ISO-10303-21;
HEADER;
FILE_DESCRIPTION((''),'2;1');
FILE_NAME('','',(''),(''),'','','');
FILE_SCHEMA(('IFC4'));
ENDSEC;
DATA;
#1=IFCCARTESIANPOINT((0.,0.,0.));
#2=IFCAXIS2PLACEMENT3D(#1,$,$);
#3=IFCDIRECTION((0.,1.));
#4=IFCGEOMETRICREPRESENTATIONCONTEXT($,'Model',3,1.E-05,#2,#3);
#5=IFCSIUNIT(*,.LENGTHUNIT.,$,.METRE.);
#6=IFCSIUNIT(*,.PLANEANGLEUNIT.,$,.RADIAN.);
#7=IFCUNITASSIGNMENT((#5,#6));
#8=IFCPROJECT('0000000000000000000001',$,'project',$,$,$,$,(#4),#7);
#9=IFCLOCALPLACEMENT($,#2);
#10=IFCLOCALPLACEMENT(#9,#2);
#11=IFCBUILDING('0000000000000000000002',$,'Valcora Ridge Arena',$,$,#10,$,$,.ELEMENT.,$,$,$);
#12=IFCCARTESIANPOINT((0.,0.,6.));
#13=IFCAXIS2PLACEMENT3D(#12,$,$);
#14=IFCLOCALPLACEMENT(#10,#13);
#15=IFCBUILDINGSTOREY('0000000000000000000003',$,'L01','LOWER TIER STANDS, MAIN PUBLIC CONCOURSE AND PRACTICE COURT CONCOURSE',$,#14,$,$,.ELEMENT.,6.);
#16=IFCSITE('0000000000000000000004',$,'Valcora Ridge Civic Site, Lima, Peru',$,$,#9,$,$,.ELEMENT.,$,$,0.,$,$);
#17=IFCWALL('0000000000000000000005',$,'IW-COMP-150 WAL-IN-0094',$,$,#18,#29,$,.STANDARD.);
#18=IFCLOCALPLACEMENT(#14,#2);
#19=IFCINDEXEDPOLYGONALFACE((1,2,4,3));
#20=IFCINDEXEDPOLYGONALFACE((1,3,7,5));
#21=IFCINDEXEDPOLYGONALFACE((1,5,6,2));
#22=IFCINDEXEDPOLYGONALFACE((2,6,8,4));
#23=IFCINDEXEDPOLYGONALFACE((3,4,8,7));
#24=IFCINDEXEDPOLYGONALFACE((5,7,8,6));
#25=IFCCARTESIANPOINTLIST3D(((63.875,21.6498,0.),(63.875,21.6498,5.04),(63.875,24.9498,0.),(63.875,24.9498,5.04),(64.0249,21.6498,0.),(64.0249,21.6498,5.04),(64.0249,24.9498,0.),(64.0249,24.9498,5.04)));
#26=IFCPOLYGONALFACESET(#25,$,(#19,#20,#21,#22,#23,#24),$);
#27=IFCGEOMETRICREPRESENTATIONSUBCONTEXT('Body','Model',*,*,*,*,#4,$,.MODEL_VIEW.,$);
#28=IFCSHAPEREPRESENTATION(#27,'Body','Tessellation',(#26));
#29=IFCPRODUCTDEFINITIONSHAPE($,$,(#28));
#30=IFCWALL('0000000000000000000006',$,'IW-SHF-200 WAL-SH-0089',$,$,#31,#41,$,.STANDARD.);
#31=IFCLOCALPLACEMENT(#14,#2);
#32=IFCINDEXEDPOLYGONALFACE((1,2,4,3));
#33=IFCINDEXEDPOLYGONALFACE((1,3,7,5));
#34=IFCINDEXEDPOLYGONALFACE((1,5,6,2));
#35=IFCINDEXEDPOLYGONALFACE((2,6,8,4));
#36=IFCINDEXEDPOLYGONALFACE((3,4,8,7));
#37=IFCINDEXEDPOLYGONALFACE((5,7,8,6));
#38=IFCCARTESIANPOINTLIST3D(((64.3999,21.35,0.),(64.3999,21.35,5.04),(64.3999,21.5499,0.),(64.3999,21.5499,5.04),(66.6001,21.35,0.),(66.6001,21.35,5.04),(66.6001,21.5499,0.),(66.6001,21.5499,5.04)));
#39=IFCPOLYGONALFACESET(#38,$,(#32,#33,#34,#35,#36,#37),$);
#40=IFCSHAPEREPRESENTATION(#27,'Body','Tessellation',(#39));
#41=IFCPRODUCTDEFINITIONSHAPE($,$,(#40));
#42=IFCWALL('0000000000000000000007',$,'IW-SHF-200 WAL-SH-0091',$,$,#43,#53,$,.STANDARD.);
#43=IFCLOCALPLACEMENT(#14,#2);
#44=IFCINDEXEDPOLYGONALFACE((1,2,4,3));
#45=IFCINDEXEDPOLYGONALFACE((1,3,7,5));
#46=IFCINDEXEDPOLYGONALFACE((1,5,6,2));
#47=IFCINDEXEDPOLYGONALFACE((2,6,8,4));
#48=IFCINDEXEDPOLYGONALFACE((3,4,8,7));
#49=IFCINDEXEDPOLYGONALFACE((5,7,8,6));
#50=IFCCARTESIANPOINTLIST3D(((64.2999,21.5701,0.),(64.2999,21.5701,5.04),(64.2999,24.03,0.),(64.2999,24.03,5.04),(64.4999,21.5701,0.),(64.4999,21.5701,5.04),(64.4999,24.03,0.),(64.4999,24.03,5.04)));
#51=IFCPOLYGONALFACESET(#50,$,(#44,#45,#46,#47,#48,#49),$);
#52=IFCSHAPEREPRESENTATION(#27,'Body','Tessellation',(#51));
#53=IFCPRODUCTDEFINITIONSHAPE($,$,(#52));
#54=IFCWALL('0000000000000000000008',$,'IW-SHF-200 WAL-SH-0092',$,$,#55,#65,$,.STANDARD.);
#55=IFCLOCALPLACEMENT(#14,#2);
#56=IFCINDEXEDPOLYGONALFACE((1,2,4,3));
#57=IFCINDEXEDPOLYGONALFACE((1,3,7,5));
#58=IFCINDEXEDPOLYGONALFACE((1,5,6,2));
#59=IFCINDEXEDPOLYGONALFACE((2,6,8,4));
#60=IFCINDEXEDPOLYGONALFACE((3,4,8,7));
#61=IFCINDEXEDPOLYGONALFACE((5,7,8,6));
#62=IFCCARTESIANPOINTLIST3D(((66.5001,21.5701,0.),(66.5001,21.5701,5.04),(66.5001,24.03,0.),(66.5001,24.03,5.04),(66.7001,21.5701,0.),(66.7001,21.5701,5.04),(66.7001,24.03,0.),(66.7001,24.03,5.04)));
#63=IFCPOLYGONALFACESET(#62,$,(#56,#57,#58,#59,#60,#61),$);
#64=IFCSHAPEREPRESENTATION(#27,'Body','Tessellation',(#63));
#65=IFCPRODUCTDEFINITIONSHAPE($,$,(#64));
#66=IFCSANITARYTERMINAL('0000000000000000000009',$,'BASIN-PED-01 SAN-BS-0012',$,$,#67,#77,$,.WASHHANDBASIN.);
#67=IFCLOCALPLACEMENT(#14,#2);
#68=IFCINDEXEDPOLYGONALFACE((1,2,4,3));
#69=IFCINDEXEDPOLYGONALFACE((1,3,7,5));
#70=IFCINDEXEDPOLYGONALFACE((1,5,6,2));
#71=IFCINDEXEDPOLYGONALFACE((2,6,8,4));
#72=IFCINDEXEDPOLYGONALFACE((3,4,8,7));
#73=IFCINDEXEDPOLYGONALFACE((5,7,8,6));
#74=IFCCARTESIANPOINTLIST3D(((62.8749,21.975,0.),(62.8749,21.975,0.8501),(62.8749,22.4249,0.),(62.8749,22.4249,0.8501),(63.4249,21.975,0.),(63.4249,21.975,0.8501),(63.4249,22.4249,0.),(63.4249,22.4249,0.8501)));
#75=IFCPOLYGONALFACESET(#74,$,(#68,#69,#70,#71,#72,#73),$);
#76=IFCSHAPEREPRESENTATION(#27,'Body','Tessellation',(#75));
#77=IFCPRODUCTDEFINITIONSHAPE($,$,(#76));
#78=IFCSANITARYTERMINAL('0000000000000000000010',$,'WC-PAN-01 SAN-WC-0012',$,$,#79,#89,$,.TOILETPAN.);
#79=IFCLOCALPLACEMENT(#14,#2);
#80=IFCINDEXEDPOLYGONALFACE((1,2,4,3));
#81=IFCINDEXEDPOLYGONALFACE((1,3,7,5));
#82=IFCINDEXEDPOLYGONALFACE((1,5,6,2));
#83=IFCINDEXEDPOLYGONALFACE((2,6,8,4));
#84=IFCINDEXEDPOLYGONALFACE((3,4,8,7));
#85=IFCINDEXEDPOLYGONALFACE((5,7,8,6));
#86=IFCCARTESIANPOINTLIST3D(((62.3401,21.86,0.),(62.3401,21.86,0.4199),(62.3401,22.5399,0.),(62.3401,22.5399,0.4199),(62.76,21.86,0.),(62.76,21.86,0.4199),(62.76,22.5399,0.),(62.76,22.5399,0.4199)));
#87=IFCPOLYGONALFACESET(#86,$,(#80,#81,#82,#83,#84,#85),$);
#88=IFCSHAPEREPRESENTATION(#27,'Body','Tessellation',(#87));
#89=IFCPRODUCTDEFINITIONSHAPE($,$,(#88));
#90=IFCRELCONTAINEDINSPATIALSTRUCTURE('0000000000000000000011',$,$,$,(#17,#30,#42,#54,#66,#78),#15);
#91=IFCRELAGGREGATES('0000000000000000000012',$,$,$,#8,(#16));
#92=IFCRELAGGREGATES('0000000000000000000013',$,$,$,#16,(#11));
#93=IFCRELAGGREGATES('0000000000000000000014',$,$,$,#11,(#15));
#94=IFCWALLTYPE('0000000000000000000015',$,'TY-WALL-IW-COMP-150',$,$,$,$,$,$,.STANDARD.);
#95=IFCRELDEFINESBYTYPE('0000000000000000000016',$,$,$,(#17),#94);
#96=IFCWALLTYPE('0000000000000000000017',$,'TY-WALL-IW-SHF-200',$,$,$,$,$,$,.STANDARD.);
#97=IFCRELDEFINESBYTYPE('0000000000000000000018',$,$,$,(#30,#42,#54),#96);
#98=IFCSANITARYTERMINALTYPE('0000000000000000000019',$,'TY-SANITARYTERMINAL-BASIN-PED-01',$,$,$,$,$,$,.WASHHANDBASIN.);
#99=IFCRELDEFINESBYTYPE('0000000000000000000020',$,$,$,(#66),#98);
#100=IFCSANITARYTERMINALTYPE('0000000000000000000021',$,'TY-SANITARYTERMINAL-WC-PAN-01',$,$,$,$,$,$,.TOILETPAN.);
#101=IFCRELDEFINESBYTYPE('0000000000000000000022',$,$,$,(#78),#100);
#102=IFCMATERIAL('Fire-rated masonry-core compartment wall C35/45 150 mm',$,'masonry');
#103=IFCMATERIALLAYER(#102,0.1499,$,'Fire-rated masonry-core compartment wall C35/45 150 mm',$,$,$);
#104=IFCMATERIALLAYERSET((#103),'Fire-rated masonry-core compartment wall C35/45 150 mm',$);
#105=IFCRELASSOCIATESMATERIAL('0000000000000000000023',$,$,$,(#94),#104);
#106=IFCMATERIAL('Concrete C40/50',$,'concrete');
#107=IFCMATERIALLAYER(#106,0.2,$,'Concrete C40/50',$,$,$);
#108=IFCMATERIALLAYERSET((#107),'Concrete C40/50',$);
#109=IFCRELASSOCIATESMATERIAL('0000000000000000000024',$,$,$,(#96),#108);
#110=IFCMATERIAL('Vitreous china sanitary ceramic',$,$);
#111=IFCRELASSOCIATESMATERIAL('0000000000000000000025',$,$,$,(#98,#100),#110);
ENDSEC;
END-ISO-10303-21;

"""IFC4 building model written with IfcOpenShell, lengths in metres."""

from ifc_helpers import new_model, si_unit, direction, frame, frame_2d, origin, origin_2d, place, context, subcontext, project, spatial, rectangle, extrude, material, layer, layer_set, type_object, element, save


model = new_model("IFC4")

# Units and contexts
model_context = context("Model", 3, precision=1e-05, world=origin(), true_north=direction((0.0, 1.0)))
body_context = subcontext(model_context, "Body", "Model", "MODEL_VIEW")
ifc_project = project(units=[si_unit("LENGTHUNIT", "METRE"), si_unit("PLANEANGLEUNIT", "RADIAN")], contexts=[model_context])

# Site, building, storey
site_placement = place(None, origin())
site = spatial("IfcSite", under=ifc_project, at=site_placement, Name="Valcora Ridge Civic Site, Lima, Peru", CompositionType="ELEMENT", RefElevation=0.0)
building_placement = place(site_placement, origin())
building = spatial("IfcBuilding", under=site, at=building_placement, Name="Valcora Ridge Arena", CompositionType="ELEMENT")
storey_placement = place(building_placement, frame((0.0, 0.0, 6.0)))
storey = spatial("IfcBuildingStorey", under=building, at=storey_placement, Name="L01", Description="LOWER TIER STANDS, MAIN PUBLIC CONCOURSE AND PRACTICE COURT CONCOURSE", CompositionType="ELEMENT", Elevation=6.0)

# Shared definitions
ifc_material_1 = material(Name="Concrete C40/50", Category="concrete")

# Shared definitions
ifc_material_2 = material(Name="Fire-rated masonry-core compartment wall C35/45 150 mm", Category="masonry")
ifc_layer_1 = layer(ifc_material_2, 0.1499, Name="Fire-rated masonry-core compartment wall C35/45 150 mm")
ifc_layer_set_1 = layer_set([ifc_layer_1], Name="Fire-rated masonry-core compartment wall C35/45 150 mm")
wall_type_1 = type_object("IfcWallType", Name="TY-WALL-IW-COMP-150", PredefinedType="STANDARD", material=ifc_layer_set_1)

# Walls
for number, where, z_axis, x_axis, name in (
    (1, (63.95, 21.6499, 0.0), (0.0, 0.0, 1.0), (0.0, 1.0, 0.0), "IW-COMP-150 WAL-IN-0094"),
):
    element("IfcWall", number, at=place(storey_placement, frame(where, z_axis=z_axis, x_axis=x_axis)), inside=storey, type_object=wall_type_1, Name=name, PredefinedType="STANDARD", context=body_context, shape_type="SweptSolid", body=[
        extrude(rectangle(XDim=3.3, YDim=0.1499, at=frame_2d((1.6499, 0.0))), origin(), (0.0, 0.0, 1.0), 5.04),
    ])
ifc_layer_2 = layer(ifc_material_1, 0.2, Name="Concrete C40/50")
ifc_layer_set_2 = layer_set([ifc_layer_2], Name="Concrete C40/50")
wall_type_2 = type_object("IfcWallType", Name="TY-WALL-IW-SHF-200", PredefinedType="STANDARD", material=ifc_layer_set_2)
wall_1_placement = place(storey_placement, frame((64.3999, 21.45, 0.0), z_axis=(0.0, 0.0, 1.0), x_axis=(1.0, 0.0, 0.0)))
element("IfcWall", 2, at=wall_1_placement, inside=storey, type_object=wall_type_2, Name="IW-SHF-200 WAL-SH-0089", PredefinedType="STANDARD", context=body_context, shape_type="SweptSolid", body=[
    extrude(rectangle(XDim=2.2002, YDim=0.2, at=frame_2d((1.1001, 0.0))), origin(), (0.0, 0.0, 1.0), 5.04),
])

# Walls
for number, where, z_axis, x_axis, name in (
    (3, (64.3999, 21.5701, 0.0), (0.0, 0.0, 1.0), (0.0, 1.0, 0.0), "IW-SHF-200 WAL-SH-0091"),
    (4, (66.6001, 21.5701, 0.0), (0.0, 0.0, 1.0), (0.0, 1.0, 0.0), "IW-SHF-200 WAL-SH-0092"),
):
    element("IfcWall", number, at=place(storey_placement, frame(where, z_axis=z_axis, x_axis=x_axis)), inside=storey, type_object=wall_type_2, Name=name, PredefinedType="STANDARD", context=body_context, shape_type="SweptSolid", body=[
        extrude(rectangle(XDim=2.46, YDim=0.2, at=frame_2d((1.23, 0.0))), origin(), (0.0, 0.0, 1.0), 5.04),
    ])

# Sanitary terminals
ifc_material_3 = material(Name="Vitreous china sanitary ceramic")
sanitary_terminal_type_1 = type_object("IfcSanitaryTerminalType", Name="TY-SANITARYTERMINAL-BASIN-PED-01", PredefinedType="WASHHANDBASIN", material=ifc_material_3)
sanitary_terminal_1_placement = place(storey_placement, frame((63.1499, 22.2, 0.0), z_axis=(0.0, 0.0, 1.0), x_axis=(1.0, 0.0, 0.0)))
element("IfcSanitaryTerminal", 5, at=sanitary_terminal_1_placement, inside=storey, type_object=sanitary_terminal_type_1, Name="BASIN-PED-01 SAN-BS-0012", PredefinedType="WASHHANDBASIN", context=body_context, shape_type="SweptSolid", body=[
    extrude(rectangle(XDim=0.55, YDim=0.45, at=origin_2d()), origin(), (0.0, 0.0, 1.0), 0.8501),
])
sanitary_terminal_type_2 = type_object("IfcSanitaryTerminalType", Name="TY-SANITARYTERMINAL-WC-PAN-01", PredefinedType="TOILETPAN", material=ifc_material_3)
sanitary_terminal_2_placement = place(storey_placement, frame((62.55, 22.2, 0.0), z_axis=(0.0, 0.0, 1.0), x_axis=(1.0, 0.0, 0.0)))
element("IfcSanitaryTerminal", 6, at=sanitary_terminal_2_placement, inside=storey, type_object=sanitary_terminal_type_2, Name="WC-PAN-01 SAN-WC-0012", PredefinedType="TOILETPAN", context=body_context, shape_type="SweptSolid", body=[
    extrude(rectangle(XDim=0.4199, YDim=0.6799, at=origin_2d()), origin(), (0.0, 0.0, 1.0), 0.4199),
])

save(model, "model.ifc")
